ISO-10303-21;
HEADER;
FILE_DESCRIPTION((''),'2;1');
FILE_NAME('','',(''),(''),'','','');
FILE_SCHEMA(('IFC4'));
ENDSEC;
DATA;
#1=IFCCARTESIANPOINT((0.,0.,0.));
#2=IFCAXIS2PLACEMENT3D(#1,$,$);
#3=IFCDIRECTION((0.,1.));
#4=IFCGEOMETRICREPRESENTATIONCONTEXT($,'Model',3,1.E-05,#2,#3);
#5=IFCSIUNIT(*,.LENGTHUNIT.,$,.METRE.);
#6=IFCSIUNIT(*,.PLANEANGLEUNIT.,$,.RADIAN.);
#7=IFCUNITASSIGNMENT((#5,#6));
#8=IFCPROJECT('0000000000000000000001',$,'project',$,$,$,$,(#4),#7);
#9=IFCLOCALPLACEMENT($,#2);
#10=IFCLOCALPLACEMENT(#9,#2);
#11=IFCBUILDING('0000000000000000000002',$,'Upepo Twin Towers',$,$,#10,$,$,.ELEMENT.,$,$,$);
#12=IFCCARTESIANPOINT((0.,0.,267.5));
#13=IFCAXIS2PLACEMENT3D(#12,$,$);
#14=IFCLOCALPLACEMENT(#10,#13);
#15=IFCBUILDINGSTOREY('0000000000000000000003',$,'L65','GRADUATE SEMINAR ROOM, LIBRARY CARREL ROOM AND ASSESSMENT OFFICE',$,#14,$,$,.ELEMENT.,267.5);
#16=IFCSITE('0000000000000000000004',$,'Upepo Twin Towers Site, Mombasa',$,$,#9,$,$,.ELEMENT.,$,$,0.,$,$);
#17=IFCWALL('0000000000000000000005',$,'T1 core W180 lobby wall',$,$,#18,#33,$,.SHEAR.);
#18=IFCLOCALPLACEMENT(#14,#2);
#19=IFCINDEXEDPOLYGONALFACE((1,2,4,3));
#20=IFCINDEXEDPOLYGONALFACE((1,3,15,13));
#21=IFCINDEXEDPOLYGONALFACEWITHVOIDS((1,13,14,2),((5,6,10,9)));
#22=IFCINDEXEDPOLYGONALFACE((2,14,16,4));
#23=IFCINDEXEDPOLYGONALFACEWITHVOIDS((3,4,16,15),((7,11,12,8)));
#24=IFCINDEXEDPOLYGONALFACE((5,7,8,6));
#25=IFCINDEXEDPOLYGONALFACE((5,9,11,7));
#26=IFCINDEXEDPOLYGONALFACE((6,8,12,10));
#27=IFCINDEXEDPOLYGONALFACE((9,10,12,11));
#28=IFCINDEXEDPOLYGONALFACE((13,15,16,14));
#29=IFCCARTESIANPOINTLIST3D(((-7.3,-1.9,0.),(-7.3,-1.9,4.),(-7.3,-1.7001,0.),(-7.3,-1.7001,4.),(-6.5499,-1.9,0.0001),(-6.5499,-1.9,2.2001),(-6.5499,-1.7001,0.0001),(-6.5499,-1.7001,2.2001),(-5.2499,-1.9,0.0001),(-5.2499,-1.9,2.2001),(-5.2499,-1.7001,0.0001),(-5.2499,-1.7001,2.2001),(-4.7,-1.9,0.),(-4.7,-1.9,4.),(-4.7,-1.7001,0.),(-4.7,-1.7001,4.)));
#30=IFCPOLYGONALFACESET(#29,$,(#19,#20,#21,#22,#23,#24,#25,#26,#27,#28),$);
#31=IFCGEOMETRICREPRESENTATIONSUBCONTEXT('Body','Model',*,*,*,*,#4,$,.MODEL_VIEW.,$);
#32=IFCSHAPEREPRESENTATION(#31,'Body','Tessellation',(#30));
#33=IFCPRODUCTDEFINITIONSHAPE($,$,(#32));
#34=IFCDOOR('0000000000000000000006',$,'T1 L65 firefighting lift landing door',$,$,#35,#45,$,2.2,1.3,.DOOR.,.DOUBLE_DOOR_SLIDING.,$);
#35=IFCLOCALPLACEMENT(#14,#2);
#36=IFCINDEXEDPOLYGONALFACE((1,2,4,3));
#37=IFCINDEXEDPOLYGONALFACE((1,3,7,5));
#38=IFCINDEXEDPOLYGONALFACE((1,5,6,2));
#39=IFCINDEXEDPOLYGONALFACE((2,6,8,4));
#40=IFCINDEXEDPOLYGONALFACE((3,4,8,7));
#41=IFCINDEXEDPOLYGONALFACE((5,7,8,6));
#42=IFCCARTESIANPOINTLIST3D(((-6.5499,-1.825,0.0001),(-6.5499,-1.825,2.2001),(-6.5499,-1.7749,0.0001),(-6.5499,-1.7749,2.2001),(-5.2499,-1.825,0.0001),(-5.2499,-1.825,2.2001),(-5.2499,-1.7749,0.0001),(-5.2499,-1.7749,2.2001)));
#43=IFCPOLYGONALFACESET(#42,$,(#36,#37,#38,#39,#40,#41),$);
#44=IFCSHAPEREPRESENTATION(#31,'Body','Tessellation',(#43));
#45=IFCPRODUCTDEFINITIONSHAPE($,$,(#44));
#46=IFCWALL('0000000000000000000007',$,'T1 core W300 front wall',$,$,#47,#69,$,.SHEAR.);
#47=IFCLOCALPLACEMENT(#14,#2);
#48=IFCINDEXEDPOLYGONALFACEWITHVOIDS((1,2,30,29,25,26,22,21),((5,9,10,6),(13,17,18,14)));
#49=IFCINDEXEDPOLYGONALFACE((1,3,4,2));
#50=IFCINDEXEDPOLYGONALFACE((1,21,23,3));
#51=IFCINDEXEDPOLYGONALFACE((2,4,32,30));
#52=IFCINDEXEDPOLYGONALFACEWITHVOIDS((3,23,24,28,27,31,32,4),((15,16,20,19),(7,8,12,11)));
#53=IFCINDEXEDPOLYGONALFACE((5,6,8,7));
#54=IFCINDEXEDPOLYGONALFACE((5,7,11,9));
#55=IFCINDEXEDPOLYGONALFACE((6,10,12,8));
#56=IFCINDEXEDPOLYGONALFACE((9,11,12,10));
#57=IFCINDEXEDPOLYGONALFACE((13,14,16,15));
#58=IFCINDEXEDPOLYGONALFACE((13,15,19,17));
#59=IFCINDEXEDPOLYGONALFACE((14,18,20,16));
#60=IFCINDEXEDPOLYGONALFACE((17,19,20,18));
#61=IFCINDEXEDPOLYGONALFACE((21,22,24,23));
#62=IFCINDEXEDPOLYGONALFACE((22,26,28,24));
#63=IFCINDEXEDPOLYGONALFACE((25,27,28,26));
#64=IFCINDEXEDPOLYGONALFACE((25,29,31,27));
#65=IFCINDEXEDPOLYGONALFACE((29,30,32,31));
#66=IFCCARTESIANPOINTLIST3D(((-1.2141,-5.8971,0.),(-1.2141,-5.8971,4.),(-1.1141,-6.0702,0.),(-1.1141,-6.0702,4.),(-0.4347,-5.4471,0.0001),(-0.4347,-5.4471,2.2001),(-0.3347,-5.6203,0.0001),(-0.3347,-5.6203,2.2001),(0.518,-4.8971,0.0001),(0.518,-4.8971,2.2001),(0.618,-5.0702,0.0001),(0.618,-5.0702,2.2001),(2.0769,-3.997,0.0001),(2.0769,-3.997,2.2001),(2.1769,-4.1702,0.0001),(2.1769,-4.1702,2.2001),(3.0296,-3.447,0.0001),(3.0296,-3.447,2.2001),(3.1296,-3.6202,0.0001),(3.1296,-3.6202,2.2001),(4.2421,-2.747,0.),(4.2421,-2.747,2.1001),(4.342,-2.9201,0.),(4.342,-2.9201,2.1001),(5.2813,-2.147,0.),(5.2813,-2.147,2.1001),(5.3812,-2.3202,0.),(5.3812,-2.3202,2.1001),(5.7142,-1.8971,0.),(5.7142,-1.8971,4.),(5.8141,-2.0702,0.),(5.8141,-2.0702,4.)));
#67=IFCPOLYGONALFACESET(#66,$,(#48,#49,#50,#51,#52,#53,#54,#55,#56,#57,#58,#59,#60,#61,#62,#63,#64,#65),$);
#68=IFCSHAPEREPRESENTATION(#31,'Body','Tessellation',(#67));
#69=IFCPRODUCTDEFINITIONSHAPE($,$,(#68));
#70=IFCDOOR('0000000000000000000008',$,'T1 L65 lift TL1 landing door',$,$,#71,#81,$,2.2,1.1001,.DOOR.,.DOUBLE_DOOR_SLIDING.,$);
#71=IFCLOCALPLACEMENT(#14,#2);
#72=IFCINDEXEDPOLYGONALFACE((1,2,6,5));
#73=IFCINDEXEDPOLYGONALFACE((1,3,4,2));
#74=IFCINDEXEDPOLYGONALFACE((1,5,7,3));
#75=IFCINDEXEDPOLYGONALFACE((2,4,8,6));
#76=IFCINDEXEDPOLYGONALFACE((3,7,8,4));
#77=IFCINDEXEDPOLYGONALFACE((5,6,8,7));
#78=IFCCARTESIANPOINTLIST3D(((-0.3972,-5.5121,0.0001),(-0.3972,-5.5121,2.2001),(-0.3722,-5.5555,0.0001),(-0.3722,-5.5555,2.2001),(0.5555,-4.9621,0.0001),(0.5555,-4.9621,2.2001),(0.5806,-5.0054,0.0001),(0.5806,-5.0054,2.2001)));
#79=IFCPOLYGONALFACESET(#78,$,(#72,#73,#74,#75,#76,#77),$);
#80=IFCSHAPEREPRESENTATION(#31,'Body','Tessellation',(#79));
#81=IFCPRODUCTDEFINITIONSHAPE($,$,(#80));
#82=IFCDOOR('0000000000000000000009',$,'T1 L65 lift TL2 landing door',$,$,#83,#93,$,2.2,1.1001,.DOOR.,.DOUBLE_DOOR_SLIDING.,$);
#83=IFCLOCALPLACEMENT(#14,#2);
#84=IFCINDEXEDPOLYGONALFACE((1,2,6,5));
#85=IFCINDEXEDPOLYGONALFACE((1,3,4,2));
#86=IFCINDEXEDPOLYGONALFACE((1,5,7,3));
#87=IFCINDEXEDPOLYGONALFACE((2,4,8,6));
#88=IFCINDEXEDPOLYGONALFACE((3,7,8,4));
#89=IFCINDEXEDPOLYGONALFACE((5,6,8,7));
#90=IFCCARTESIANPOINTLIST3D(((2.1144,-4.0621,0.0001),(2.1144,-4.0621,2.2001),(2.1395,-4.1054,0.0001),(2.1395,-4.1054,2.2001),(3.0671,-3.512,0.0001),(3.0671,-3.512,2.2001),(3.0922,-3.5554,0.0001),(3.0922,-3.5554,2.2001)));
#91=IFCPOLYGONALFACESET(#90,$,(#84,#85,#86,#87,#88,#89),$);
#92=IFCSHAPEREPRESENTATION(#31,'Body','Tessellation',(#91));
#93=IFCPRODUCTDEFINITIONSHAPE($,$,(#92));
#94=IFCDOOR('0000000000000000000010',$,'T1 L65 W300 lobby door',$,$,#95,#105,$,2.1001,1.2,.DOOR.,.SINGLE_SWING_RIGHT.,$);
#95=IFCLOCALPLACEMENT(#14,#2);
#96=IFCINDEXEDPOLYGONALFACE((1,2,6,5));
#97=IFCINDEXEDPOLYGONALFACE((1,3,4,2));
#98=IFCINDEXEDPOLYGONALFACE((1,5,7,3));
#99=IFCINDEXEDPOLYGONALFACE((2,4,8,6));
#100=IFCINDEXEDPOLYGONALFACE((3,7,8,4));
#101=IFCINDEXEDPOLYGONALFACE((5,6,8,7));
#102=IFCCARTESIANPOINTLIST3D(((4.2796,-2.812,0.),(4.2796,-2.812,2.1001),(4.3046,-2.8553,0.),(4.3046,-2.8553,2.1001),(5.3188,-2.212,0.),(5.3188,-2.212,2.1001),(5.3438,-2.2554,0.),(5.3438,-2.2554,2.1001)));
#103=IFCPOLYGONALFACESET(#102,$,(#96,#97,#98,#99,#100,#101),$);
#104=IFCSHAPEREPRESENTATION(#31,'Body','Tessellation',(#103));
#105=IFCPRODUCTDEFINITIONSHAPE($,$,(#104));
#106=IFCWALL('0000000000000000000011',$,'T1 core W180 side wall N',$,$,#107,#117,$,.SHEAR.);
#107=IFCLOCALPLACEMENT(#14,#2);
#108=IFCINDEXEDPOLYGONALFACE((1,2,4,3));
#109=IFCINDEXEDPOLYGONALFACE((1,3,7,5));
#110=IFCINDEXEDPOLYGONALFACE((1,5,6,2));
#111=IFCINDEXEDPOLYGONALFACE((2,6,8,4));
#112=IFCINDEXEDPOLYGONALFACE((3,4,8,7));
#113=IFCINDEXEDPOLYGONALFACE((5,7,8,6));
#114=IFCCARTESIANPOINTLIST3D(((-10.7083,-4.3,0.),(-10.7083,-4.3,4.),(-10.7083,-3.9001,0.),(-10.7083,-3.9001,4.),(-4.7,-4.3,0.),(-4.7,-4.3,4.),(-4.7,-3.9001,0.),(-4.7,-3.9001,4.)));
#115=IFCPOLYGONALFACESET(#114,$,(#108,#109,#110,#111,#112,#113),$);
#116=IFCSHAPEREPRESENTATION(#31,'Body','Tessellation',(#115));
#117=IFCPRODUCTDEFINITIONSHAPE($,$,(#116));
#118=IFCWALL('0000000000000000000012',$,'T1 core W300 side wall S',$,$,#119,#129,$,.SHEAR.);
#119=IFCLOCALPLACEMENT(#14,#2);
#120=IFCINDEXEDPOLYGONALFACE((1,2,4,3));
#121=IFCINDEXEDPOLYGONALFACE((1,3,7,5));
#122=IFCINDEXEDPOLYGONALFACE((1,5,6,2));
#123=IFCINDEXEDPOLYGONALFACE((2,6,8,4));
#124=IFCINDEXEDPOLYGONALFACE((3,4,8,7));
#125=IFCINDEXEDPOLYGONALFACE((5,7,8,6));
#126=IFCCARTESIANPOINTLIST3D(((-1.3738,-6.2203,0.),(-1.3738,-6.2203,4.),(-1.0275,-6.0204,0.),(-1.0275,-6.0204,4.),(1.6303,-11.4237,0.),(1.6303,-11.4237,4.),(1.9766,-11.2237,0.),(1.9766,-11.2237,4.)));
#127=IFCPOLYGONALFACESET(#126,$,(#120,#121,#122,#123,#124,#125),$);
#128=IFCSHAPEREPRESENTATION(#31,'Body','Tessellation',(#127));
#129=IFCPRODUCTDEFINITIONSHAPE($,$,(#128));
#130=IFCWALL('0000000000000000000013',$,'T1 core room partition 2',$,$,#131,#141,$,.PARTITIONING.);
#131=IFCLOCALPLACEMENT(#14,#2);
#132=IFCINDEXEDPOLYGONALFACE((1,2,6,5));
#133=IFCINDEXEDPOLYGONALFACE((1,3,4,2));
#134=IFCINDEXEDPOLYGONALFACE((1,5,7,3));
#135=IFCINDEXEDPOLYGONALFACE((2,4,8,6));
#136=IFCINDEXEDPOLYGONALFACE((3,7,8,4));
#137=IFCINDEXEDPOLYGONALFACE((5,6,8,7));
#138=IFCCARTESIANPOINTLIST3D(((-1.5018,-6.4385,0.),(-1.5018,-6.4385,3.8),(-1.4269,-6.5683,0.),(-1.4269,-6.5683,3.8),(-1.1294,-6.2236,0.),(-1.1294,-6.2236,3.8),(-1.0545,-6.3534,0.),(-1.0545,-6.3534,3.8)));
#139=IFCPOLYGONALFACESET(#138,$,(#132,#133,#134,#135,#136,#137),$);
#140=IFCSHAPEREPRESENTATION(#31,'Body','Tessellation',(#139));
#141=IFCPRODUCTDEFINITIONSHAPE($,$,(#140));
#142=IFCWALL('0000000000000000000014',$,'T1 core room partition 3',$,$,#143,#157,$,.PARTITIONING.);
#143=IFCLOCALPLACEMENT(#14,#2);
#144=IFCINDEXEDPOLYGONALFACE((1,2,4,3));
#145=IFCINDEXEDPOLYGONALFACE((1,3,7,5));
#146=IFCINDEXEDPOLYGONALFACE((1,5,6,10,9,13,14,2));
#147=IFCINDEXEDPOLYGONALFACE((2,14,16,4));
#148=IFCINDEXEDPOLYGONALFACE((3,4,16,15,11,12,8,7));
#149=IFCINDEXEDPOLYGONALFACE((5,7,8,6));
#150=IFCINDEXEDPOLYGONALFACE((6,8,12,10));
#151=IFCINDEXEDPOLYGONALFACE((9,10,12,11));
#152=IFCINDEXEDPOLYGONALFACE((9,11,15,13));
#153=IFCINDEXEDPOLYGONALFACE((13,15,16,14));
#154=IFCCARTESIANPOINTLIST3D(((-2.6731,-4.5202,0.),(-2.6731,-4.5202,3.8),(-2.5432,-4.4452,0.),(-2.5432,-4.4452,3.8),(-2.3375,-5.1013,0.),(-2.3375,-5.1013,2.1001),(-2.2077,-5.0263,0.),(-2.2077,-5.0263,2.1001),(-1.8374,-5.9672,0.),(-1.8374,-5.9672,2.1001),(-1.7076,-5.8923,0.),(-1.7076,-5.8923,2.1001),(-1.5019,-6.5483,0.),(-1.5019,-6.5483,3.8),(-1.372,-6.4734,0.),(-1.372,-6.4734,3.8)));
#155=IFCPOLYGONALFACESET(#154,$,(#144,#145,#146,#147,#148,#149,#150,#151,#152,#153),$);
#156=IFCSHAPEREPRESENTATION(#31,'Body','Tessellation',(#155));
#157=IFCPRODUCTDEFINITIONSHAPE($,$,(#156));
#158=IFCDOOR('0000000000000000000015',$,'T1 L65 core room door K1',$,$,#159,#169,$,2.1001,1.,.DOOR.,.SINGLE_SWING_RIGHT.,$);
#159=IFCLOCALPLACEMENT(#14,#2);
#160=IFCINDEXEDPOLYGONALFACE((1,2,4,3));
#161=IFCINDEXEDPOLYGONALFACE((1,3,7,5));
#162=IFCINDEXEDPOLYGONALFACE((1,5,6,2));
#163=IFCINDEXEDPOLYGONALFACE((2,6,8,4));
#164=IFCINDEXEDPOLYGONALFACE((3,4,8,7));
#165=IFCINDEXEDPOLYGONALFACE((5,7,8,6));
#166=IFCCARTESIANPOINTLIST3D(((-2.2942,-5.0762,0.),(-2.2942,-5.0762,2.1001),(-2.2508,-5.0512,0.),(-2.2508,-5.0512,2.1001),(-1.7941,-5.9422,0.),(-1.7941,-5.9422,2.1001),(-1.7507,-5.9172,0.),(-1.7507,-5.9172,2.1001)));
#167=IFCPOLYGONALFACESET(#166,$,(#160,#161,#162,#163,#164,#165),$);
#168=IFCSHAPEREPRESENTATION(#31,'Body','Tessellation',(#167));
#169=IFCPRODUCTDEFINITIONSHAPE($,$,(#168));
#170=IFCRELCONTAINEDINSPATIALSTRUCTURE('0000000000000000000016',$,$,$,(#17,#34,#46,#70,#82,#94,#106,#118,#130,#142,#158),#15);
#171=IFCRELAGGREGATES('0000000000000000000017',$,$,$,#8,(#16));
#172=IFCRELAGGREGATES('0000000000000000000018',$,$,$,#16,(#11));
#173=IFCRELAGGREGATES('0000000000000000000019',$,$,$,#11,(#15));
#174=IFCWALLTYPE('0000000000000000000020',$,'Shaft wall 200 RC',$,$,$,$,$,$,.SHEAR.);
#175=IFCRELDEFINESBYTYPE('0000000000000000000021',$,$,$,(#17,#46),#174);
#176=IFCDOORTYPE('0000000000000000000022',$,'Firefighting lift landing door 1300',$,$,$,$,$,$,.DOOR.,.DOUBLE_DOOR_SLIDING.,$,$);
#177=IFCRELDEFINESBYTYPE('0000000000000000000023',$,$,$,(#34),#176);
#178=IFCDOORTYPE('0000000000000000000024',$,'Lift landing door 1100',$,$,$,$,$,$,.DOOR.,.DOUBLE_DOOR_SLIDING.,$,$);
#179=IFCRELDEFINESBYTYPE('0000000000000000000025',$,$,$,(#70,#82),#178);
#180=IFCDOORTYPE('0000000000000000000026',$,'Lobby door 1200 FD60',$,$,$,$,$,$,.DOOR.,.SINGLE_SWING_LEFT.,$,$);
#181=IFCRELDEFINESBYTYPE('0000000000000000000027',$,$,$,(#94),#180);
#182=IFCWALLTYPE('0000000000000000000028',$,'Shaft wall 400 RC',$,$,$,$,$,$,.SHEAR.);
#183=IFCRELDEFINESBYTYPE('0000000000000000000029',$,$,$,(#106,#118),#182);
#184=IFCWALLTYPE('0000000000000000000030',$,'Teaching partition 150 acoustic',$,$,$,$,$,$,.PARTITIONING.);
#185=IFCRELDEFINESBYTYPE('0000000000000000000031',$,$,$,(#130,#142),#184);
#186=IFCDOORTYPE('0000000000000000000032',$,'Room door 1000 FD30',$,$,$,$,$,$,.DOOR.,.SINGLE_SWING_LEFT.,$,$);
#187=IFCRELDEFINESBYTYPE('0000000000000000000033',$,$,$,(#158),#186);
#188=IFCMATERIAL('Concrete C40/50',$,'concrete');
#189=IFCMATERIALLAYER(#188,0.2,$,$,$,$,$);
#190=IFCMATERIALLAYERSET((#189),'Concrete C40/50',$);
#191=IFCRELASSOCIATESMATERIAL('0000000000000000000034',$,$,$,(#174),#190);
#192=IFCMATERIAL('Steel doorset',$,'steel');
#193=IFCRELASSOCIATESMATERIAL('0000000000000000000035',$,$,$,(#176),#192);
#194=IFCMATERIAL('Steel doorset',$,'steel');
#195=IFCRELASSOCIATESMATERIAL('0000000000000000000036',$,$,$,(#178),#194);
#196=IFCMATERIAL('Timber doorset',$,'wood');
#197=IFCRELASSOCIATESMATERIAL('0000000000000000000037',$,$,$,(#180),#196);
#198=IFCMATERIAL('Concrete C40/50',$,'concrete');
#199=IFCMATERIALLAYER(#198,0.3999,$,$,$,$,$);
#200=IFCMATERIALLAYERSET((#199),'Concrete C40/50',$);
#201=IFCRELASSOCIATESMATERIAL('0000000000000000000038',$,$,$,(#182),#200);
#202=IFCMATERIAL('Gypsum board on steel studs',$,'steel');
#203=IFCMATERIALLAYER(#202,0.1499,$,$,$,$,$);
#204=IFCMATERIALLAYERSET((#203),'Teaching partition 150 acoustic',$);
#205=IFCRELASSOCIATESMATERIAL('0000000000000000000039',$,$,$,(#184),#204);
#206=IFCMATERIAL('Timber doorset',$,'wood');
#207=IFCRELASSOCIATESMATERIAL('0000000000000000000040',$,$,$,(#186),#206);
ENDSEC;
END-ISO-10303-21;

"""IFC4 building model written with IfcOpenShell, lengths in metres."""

from ifc_helpers import new_model, si_unit, direction, frame, frame_2d, origin, place, context, subcontext, project, spatial, rectangle, extrude, material, layer, layer_set, type_object, element, fill, save


model = new_model("IFC4")

# Units and contexts
model_context = context("Model", 3, precision=1e-05, world=origin(), true_north=direction((0.0, 1.0)))
body_context = subcontext(model_context, "Body", "Model", "MODEL_VIEW")
ifc_project = project(units=[si_unit("LENGTHUNIT", "METRE"), si_unit("PLANEANGLEUNIT", "RADIAN")], contexts=[model_context])

# Site, building, storey
site_placement = place(None, origin())
site = spatial("IfcSite", under=ifc_project, at=site_placement, Name="Upepo Twin Towers Site, Mombasa", CompositionType="ELEMENT", RefElevation=0.0)
building_placement = place(site_placement, origin())
building = spatial("IfcBuilding", under=site, at=building_placement, Name="Upepo Twin Towers", CompositionType="ELEMENT")
storey_placement = place(building_placement, frame((0.0, 0.0, 267.5)))
storey = spatial("IfcBuildingStorey", under=building, at=storey_placement, Name="L65", Description="GRADUATE SEMINAR ROOM, LIBRARY CARREL ROOM AND ASSESSMENT OFFICE", CompositionType="ELEMENT", Elevation=267.5)

# Wall, opening, door
ifc_material_1 = material(Name="Concrete C40/50", Category="concrete")
ifc_layer_1 = layer(ifc_material_1, 0.2)
ifc_layer_set_1 = layer_set([ifc_layer_1], Name="Concrete C40/50")
wall_type_1 = type_object("IfcWallType", Name="Shaft wall 200 RC", PredefinedType="SHEAR", material=ifc_layer_set_1)
wall_1_placement = place(storey_placement, frame((-4.7, -1.8, 0.0), z_axis=(0.0, 0.0, 1.0), x_axis=(-1.0, 0.0, 0.0)))
wall_1 = element("IfcWall", 1, at=wall_1_placement, inside=storey, type_object=wall_type_1, Name="T1 core W180 lobby wall", PredefinedType="SHEAR", context=body_context, shape_type="SweptSolid", body=[
    extrude(rectangle(XDim=2.6001, YDim=0.2, at=frame_2d((1.3, 0.0))), origin(), (0.0, 0.0, 1.0), 4.0),
])
opening_1_placement = place(wall_1_placement, frame((0.55, 0.0, 0.0)))
opening_1 = element("IfcOpeningElement", 2, at=opening_1_placement, cuts=wall_1, PredefinedType="OPENING", context=body_context, shape_type="SweptSolid", body=[
    extrude(rectangle(XDim=1.3, YDim=2.2, at=frame_2d((0.6499, 1.1001))), frame((0.0, 0.1099, 0.0), z_axis=(0.0, -1.0, 0.0), x_axis=(1.0, 0.0, 0.0)), (0.0, 0.0, 1.0), 0.22),
])
ifc_material_2 = material(Name="Steel doorset", Category="steel")
door_type_1 = type_object("IfcDoorType", Name="Firefighting lift landing door 1300", OperationType="DOUBLE_DOOR_SLIDING", PredefinedType="DOOR", material=ifc_material_2)
door_1_placement = place(opening_1_placement, origin())
door_1 = element("IfcDoor", 3, at=door_1_placement, inside=storey, type_object=door_type_1, Name="T1 L65 firefighting lift landing door", OperationType="DOUBLE_DOOR_SLIDING", OverallHeight=2.2, OverallWidth=1.3, PredefinedType="DOOR", context=body_context, shape_type="SweptSolid", body=[
    extrude(rectangle(XDim=1.3, YDim=2.2, at=frame_2d((0.6499, 1.1001))), frame((0.0, 0.0249, 0.0), z_axis=(0.0, -1.0, 0.0), x_axis=(1.0, 0.0, 0.0)), (0.0, 0.0, 1.0), 0.05),
])
fill(opening_1, door_1)

# Wall, openings, doors
wall_2_placement = place(storey_placement, frame((-1.1641, -5.9836, 0.0), z_axis=(0.0, 0.0, 1.0), x_axis=(0.866026, 0.499999, 0.0)))
wall_2 = element("IfcWall", 4, at=wall_2_placement, inside=storey, type_object=wall_type_1, Name="T1 core W300 front wall", PredefinedType="SHEAR", context=body_context, shape_type="SweptSolid", body=[
    extrude(rectangle(XDim=8.0, YDim=0.2, at=frame_2d((4.0, 0.0))), origin(), (0.0, 0.0, 1.0), 4.0),
])
opening_2_placement = place(wall_2_placement, frame((6.3, 0.0, 0.0)))
opening_2 = element("IfcOpeningElement", 5, at=opening_2_placement, cuts=wall_2, PredefinedType="OPENING", context=body_context, shape_type="SweptSolid", body=[
    extrude(rectangle(XDim=1.2, YDim=2.1001, at=frame_2d((0.6001, 1.05))), frame((0.0, 0.1099, 0.0), z_axis=(0.0, -1.0, 0.0), x_axis=(1.0, 0.0, 0.0)), (0.0, 0.0, 1.0), 0.22),
])
opening_3_placement = place(wall_2_placement, frame((0.8999, 0.0, 0.0)))
opening_3 = element("IfcOpeningElement", 6, at=opening_3_placement, cuts=wall_2, PredefinedType="OPENING", context=body_context, shape_type="SweptSolid", body=[
    extrude(rectangle(XDim=1.1001, YDim=2.2, at=frame_2d((0.55, 1.1001))), frame((0.0, 0.1099, 0.0), z_axis=(0.0, -1.0, 0.0), x_axis=(1.0, 0.0, 0.0)), (0.0, 0.0, 1.0), 0.22),
])
opening_4_placement = place(wall_2_placement, frame((3.8, 0.0, 0.0)))
opening_4 = element("IfcOpeningElement", 7, at=opening_4_placement, cuts=wall_2, PredefinedType="OPENING", context=body_context, shape_type="SweptSolid", body=[
    extrude(rectangle(XDim=1.1001, YDim=2.2, at=frame_2d((0.55, 1.1001))), frame((0.0, 0.1099, 0.0), z_axis=(0.0, -1.0, 0.0), x_axis=(1.0, 0.0, 0.0)), (0.0, 0.0, 1.0), 0.22),
])
ifc_material_3 = material(Name="Steel doorset", Category="steel")
door_type_2 = type_object("IfcDoorType", Name="Lift landing door 1100", OperationType="DOUBLE_DOOR_SLIDING", PredefinedType="DOOR", material=ifc_material_3)
door_2_placement = place(opening_3_placement, origin())
door_2 = element("IfcDoor", 8, at=door_2_placement, inside=storey, type_object=door_type_2, Name="T1 L65 lift TL1 landing door", OperationType="DOUBLE_DOOR_SLIDING", OverallHeight=2.2, OverallWidth=1.1001, PredefinedType="DOOR", context=body_context, shape_type="SweptSolid", body=[
    extrude(rectangle(XDim=1.1001, YDim=2.2, at=frame_2d((0.55, 1.1001))), frame((0.0, 0.0249, 0.0), z_axis=(0.0, -1.0, 0.0), x_axis=(1.0, 0.0, 0.0)), (0.0, 0.0, 1.0), 0.05),
])
fill(opening_3, door_2)
door_3_placement = place(opening_4_placement, origin())
door_3 = element("IfcDoor", 9, at=door_3_placement, inside=storey, type_object=door_type_2, Name="T1 L65 lift TL2 landing door", OperationType="DOUBLE_DOOR_SLIDING", OverallHeight=2.2, OverallWidth=1.1001, PredefinedType="DOOR", context=body_context, shape_type="SweptSolid", body=[
    extrude(rectangle(XDim=1.1001, YDim=2.2, at=frame_2d((0.55, 1.1001))), frame((0.0, 0.0249, 0.0), z_axis=(0.0, -1.0, 0.0), x_axis=(1.0, 0.0, 0.0)), (0.0, 0.0, 1.0), 0.05),
])
fill(opening_4, door_3)
ifc_material_4 = material(Name="Timber doorset", Category="wood")
door_type_3 = type_object("IfcDoorType", Name="Lobby door 1200 FD60", OperationType="SINGLE_SWING_LEFT", PredefinedType="DOOR", material=ifc_material_4)
door_4_placement = place(opening_2_placement, origin())
door_4 = element("IfcDoor", 10, at=door_4_placement, inside=storey, type_object=door_type_3, Name="T1 L65 W300 lobby door", OperationType="SINGLE_SWING_RIGHT", OverallHeight=2.1001, OverallWidth=1.2, PredefinedType="DOOR", context=body_context, shape_type="SweptSolid", body=[
    extrude(rectangle(XDim=1.2, YDim=2.1001, at=frame_2d((0.6001, 1.05))), frame((0.0, 0.0249, 0.0), z_axis=(0.0, -1.0, 0.0), x_axis=(1.0, 0.0, 0.0)), (0.0, 0.0, 1.0), 0.05),
])
fill(opening_2, door_4)

# Walls
ifc_material_5 = material(Name="Concrete C40/50", Category="concrete")
ifc_layer_2 = layer(ifc_material_5, 0.3999)
ifc_layer_set_2 = layer_set([ifc_layer_2], Name="Concrete C40/50")
wall_type_2 = type_object("IfcWallType", Name="Shaft wall 400 RC", PredefinedType="SHEAR", material=ifc_layer_set_2)
for number, where, z_axis, x_axis, name in (
    (11, (-4.7, -4.1001, 0.0), (0.0, 0.0, 1.0), (-1.0, 0.0, 0.0), "T1 core W180 side wall N"),
    (12, (-1.2007, -6.1204, 0.0), (0.0, 0.0, 1.0), (0.499998, -0.866027, 0.0), "T1 core W300 side wall S"),
):
    element("IfcWall", number, at=place(storey_placement, frame(where, z_axis=z_axis, x_axis=x_axis)), inside=storey, type_object=wall_type_2, Name=name, PredefinedType="SHEAR", context=body_context, shape_type="SweptSolid", body=[
        extrude(rectangle(XDim=6.0083, YDim=0.3999, at=frame_2d((3.0042, 0.0))), origin(), (0.0, 0.0, 1.0), 4.0),
    ])
ifc_material_6 = material(Name="Gypsum board on steel studs", Category="steel")
ifc_layer_3 = layer(ifc_material_6, 0.1499)
ifc_layer_set_3 = layer_set([ifc_layer_3], Name="Teaching partition 150 acoustic")
wall_type_3 = type_object("IfcWallType", Name="Teaching partition 150 acoustic", PredefinedType="PARTITIONING", material=ifc_layer_set_3)
wall_3_placement = place(storey_placement, frame((-1.092, -6.2886, 0.0), z_axis=(0.0, 0.0, 1.0), x_axis=(-0.866138, -0.499804, 0.0)))
element("IfcWall", 13, at=wall_3_placement, inside=storey, type_object=wall_type_3, Name="T1 core room partition 2", PredefinedType="PARTITIONING", context=body_context, shape_type="SweptSolid", body=[
    extrude(rectangle(XDim=0.4299, YDim=0.1499, at=frame_2d((0.2148, 0.0))), origin(), (0.0, 0.0, 1.0), 3.8),
])

# Wall, opening, door
wall_4_placement = place(storey_placement, frame((-1.437, -6.5107, 0.0), z_axis=(0.0, 0.0, 1.0), x_axis=(-0.500074, 0.865982, 0.0)))
wall_4 = element("IfcWall", 14, at=wall_4_placement, inside=storey, type_object=wall_type_3, Name="T1 core room partition 3", PredefinedType="PARTITIONING", context=body_context, shape_type="SweptSolid", body=[
    extrude(rectangle(XDim=2.342, YDim=0.1499, at=frame_2d((1.1709, 0.0))), origin(), (0.0, 0.0, 1.0), 3.8),
])
opening_5_placement = place(wall_4_placement, frame((0.6709, 0.0, 0.0)))
opening_5 = element("IfcOpeningElement", 15, at=opening_5_placement, cuts=wall_4, PredefinedType="OPENING", context=body_context, shape_type="SweptSolid", body=[
    extrude(rectangle(XDim=1.0, YDim=2.1001, at=frame_2d((0.5, 1.05))), frame((0.0, 0.085, 0.0), z_axis=(0.0, -1.0, 0.0), x_axis=(1.0, 0.0, 0.0)), (0.0, 0.0, 1.0), 0.1699),
])
ifc_material_7 = material(Name="Timber doorset", Category="wood")
door_type_4 = type_object("IfcDoorType", Name="Room door 1000 FD30", OperationType="SINGLE_SWING_LEFT", PredefinedType="DOOR", material=ifc_material_7)
door_5_placement = place(opening_5_placement, origin())
door_5 = element("IfcDoor", 16, at=door_5_placement, inside=storey, type_object=door_type_4, Name="T1 L65 core room door K1", OperationType="SINGLE_SWING_RIGHT", OverallHeight=2.1001, OverallWidth=1.0, PredefinedType="DOOR", context=body_context, shape_type="SweptSolid", body=[
    extrude(rectangle(XDim=1.0, YDim=2.1001, at=frame_2d((0.5, 1.05))), frame((0.0, 0.0249, 0.0), z_axis=(0.0, -1.0, 0.0), x_axis=(1.0, 0.0, 0.0)), (0.0, 0.0, 1.0), 0.05),
])
fill(opening_5, door_5)

save(model, "model.ifc")
